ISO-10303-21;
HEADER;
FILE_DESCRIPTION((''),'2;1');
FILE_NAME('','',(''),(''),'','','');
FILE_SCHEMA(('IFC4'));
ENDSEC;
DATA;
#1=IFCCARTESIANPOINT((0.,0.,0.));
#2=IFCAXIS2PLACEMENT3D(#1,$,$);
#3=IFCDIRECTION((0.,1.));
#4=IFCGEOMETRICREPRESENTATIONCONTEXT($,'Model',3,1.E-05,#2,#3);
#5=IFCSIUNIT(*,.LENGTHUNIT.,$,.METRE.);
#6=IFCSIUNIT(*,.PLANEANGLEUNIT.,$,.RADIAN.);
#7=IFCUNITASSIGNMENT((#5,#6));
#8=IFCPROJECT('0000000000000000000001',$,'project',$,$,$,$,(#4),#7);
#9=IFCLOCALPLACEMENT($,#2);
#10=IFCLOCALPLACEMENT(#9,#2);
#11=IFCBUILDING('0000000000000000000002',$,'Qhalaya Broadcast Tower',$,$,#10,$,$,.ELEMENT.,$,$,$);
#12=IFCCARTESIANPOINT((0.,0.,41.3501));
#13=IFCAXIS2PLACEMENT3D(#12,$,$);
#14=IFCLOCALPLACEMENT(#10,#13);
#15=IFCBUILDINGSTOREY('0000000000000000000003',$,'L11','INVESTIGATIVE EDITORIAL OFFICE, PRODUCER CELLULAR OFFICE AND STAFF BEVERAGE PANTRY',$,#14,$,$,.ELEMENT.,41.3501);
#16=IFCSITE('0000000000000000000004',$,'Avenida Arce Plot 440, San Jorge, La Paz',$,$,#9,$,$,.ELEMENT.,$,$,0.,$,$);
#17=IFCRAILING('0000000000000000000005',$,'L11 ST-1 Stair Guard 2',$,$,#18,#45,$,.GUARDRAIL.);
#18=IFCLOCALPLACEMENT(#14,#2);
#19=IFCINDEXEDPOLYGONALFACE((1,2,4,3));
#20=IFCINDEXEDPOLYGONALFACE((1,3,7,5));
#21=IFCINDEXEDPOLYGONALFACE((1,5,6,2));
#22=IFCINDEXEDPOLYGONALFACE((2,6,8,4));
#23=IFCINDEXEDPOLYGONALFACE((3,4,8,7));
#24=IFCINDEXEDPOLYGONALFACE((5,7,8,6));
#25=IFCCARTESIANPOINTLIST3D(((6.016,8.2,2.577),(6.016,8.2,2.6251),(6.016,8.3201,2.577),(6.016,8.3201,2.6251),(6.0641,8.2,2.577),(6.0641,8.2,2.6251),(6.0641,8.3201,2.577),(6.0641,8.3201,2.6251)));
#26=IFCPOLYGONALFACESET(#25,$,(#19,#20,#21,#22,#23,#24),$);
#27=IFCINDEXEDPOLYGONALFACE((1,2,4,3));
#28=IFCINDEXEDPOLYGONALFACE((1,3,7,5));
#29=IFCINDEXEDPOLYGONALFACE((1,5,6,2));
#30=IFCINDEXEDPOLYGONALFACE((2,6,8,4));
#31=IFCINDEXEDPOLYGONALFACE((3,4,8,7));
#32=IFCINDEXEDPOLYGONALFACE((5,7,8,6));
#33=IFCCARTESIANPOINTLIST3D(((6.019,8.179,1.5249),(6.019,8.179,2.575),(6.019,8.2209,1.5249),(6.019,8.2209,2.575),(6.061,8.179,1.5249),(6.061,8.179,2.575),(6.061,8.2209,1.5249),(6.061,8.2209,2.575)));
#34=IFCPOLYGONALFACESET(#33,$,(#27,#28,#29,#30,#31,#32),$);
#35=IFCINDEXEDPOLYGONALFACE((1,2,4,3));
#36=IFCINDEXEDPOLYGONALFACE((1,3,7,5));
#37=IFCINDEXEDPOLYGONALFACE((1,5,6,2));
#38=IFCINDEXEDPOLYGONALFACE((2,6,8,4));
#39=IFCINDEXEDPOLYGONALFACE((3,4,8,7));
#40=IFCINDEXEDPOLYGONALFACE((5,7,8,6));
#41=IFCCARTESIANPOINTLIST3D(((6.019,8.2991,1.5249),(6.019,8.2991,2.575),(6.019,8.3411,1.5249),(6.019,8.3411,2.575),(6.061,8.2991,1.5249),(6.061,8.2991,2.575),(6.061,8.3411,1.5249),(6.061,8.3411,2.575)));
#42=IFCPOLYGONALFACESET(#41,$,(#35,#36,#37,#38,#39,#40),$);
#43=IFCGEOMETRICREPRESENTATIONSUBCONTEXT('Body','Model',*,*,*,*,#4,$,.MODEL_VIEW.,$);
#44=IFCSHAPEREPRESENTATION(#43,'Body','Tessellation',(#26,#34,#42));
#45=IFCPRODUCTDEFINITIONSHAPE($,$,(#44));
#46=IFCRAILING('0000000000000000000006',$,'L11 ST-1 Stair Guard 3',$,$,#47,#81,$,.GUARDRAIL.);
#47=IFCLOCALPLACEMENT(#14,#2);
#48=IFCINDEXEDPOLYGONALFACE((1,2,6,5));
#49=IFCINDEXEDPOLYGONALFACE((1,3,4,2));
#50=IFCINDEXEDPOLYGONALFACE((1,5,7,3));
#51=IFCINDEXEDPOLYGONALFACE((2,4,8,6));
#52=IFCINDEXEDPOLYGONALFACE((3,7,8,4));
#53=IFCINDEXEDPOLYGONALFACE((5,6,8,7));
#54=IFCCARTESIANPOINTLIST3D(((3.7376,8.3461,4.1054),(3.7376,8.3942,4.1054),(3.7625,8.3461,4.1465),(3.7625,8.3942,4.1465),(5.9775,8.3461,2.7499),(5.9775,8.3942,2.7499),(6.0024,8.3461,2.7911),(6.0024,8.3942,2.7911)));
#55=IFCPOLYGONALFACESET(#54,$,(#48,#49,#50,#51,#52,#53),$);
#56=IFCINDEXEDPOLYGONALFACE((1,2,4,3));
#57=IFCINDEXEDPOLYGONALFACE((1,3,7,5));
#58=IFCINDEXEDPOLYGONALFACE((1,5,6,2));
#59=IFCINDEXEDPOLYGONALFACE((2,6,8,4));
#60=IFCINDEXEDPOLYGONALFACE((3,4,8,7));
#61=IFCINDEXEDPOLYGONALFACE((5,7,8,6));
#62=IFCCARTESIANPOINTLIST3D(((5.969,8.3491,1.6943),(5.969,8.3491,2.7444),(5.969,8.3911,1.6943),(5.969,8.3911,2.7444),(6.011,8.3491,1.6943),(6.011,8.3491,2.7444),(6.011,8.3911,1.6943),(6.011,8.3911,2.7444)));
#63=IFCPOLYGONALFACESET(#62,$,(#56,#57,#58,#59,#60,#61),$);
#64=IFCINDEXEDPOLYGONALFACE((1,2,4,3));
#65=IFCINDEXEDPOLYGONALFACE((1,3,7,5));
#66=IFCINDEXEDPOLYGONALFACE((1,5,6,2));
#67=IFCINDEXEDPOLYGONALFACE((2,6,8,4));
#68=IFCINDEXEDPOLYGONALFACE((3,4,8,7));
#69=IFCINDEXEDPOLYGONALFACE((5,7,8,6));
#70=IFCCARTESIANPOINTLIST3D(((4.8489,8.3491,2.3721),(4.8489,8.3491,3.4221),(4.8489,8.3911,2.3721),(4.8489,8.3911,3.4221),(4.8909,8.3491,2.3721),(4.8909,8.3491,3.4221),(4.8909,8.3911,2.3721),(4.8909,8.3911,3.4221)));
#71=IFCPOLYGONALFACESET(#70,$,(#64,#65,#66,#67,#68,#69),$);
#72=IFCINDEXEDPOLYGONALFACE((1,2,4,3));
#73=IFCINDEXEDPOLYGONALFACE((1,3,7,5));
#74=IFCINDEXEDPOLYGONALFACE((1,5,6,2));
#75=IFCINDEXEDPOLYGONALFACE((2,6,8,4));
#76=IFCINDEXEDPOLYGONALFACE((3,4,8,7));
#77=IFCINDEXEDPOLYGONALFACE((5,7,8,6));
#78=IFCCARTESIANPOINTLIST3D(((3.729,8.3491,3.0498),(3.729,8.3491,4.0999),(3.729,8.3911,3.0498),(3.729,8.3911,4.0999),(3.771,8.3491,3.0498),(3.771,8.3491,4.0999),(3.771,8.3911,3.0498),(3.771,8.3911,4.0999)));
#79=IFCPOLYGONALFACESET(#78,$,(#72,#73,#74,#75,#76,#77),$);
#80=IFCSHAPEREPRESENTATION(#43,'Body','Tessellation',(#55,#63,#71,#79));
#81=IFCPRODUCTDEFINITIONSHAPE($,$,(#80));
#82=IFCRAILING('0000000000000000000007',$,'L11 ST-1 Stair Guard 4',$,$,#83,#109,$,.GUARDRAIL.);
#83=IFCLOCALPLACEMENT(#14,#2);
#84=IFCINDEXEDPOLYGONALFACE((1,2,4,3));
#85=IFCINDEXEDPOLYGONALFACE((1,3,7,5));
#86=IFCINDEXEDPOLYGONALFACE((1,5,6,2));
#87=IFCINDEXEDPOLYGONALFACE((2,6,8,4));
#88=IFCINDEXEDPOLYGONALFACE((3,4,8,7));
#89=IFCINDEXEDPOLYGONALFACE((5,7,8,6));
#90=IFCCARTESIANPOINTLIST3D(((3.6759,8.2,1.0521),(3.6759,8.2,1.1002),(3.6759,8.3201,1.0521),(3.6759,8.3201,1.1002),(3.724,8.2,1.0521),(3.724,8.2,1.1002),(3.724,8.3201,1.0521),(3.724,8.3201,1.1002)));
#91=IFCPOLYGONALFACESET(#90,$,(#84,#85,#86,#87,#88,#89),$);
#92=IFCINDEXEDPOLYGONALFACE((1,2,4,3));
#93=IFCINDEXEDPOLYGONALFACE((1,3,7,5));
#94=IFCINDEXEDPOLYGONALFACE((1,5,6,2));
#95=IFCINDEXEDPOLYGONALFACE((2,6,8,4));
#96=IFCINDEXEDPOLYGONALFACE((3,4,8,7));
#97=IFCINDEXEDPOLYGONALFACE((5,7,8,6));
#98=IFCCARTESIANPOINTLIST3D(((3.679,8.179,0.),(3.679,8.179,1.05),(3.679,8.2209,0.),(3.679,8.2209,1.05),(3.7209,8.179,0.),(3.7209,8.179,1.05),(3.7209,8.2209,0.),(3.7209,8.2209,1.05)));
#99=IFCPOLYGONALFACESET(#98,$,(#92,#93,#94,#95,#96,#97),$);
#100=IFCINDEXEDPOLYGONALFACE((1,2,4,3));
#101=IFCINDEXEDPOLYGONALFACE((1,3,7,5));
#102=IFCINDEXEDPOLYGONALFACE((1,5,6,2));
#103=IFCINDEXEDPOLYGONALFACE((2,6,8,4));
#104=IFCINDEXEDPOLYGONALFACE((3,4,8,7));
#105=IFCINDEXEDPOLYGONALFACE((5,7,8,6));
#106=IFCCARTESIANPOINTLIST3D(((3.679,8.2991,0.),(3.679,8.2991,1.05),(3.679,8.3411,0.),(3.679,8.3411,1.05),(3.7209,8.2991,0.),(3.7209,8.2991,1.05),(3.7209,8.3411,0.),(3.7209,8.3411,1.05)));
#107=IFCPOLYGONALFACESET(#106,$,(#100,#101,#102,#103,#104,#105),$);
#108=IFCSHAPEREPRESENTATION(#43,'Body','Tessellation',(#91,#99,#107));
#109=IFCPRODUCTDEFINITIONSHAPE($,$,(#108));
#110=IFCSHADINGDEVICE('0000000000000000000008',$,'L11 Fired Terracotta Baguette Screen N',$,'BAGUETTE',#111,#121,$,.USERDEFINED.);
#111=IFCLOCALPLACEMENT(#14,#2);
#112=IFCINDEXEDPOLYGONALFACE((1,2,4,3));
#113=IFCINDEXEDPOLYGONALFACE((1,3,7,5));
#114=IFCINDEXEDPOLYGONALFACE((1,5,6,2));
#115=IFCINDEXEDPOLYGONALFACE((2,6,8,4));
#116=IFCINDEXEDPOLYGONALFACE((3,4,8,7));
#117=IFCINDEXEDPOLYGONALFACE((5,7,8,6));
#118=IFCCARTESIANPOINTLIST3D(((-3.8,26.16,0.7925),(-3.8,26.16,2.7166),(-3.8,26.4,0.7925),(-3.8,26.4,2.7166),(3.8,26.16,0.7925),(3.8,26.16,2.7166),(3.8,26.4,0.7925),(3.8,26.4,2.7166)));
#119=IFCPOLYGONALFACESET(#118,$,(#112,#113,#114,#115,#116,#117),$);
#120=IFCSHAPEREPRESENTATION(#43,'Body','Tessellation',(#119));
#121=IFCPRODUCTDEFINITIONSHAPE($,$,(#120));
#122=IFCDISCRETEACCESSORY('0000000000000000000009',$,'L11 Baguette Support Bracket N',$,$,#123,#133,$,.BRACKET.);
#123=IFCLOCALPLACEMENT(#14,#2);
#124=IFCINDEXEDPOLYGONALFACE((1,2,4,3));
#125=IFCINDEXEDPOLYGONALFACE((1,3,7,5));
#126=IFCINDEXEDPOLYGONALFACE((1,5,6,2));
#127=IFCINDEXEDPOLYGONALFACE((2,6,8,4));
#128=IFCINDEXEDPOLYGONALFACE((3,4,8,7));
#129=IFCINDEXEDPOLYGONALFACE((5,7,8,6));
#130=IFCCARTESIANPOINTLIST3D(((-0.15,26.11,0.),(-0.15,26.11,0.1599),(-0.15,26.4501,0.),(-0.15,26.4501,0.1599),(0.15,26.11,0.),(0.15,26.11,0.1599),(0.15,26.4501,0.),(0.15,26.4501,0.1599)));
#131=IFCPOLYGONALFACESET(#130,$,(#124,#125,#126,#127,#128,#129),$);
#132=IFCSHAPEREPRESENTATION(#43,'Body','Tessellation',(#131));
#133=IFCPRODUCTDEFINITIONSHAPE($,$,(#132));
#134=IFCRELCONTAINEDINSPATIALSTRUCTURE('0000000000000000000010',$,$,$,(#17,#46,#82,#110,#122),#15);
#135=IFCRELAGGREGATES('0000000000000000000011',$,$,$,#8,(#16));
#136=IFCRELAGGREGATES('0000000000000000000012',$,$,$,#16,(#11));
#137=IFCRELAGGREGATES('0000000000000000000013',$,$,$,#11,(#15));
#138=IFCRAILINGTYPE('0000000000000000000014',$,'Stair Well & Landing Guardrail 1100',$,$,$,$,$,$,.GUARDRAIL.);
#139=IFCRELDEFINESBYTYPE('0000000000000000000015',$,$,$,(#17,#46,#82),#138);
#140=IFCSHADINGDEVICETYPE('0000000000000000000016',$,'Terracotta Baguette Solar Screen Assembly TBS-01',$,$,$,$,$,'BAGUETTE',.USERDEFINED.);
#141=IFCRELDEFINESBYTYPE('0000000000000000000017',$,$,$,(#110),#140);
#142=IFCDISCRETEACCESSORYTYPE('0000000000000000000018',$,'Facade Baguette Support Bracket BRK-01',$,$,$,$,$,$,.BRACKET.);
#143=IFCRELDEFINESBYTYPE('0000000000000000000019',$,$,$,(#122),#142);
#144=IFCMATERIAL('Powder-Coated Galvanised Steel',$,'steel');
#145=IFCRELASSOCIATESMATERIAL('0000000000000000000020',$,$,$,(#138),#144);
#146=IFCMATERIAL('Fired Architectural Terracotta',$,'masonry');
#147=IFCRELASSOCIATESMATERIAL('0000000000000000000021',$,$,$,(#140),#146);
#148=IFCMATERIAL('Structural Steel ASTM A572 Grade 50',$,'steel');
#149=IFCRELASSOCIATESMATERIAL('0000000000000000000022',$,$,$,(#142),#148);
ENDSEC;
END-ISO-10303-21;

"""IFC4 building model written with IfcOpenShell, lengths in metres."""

from ifc_helpers import new_model, si_unit, direction, frame, origin, origin_2d, place, context, subcontext, project, spatial, rectangle, extrude, material, type_object, element, save


model = new_model("IFC4")

# Units and contexts
model_context = context("Model", 3, precision=1e-05, world=origin(), true_north=direction((0.0, 1.0)))
body_context = subcontext(model_context, "Body", "Model", "MODEL_VIEW")
ifc_project = project(units=[si_unit("LENGTHUNIT", "METRE"), si_unit("PLANEANGLEUNIT", "RADIAN")], contexts=[model_context])

# Site, building, storey
site_placement = place(None, origin())
site = spatial("IfcSite", under=ifc_project, at=site_placement, Name="Avenida Arce Plot 440, San Jorge, La Paz", CompositionType="ELEMENT", RefElevation=0.0)
building_placement = place(site_placement, origin())
building = spatial("IfcBuilding", under=site, at=building_placement, Name="Qhalaya Broadcast Tower", CompositionType="ELEMENT")
storey_placement = place(building_placement, frame((0.0, 0.0, 41.3501)))
storey = spatial("IfcBuildingStorey", under=building, at=storey_placement, Name="L11", Description="INVESTIGATIVE EDITORIAL OFFICE, PRODUCER CELLULAR OFFICE AND STAFF BEVERAGE PANTRY", CompositionType="ELEMENT", Elevation=41.3501)

# Shared definitions
ifc_material_1 = material(Name="Structural Steel ASTM A572 Grade 50", Category="steel")

# Railings
ifc_material_2 = material(Name="Powder-Coated Galvanised Steel", Category="steel")
railing_type_1 = type_object("IfcRailingType", Name="Stair Well & Landing Guardrail 1100", PredefinedType="GUARDRAIL", material=ifc_material_2)
railing_1_placement = place(storey_placement, frame((6.04, 8.2, 1.5249)))
element("IfcRailing", 1, at=railing_1_placement, inside=storey, type_object=railing_type_1, Name="L11 ST-1 Stair Guard 2", PredefinedType="GUARDRAIL", context=body_context, shape_type="SweptSolid", body=[
    extrude(rectangle(XDim=0.0481, YDim=0.0481, at=origin_2d()), frame((0.0, 0.0, 1.0762), z_axis=(0.0, 1.0, 0.0), x_axis=(-1.0, 0.0, 0.0)), (0.0, 0.0, 1.0), 0.1201),
    extrude(rectangle(XDim=0.042, YDim=0.042, at=origin_2d()), origin(), (0.0, 0.0, 1.0), 1.05),
    extrude(rectangle(XDim=0.042, YDim=0.042, at=origin_2d()), frame((0.0, 0.1201, 0.0)), (0.0, 0.0, 1.0), 1.05),
])
railing_2_placement = place(storey_placement, frame((5.99, 8.3701, 1.6943)))
element("IfcRailing", 2, at=railing_2_placement, inside=storey, type_object=railing_type_1, Name="L11 ST-1 Stair Guard 3", PredefinedType="GUARDRAIL", context=body_context, shape_type="SweptSolid", body=[
    extrude(rectangle(XDim=0.0481, YDim=0.0481, at=origin_2d()), frame((0.0, 0.0, 1.0762), z_axis=(-0.855553, 0.0, 0.517715), x_axis=(0.0, -1.0, 0.0)), (0.0, 0.0, 1.0), 2.6182),
    extrude(rectangle(XDim=0.042, YDim=0.042, at=origin_2d()), origin(), (0.0, 0.0, 1.0), 1.05),
    extrude(rectangle(XDim=0.042, YDim=0.042, at=origin_2d()), frame((-1.1201, 0.0, 0.6777)), (0.0, 0.0, 1.0), 1.05),
    extrude(rectangle(XDim=0.042, YDim=0.042, at=origin_2d()), frame((-2.24, 0.0, 1.3555)), (0.0, 0.0, 1.0), 1.05),
])
railing_3_placement = place(storey_placement, frame((3.7, 8.2, 0.0)))
element("IfcRailing", 3, at=railing_3_placement, inside=storey, type_object=railing_type_1, Name="L11 ST-1 Stair Guard 4", PredefinedType="GUARDRAIL", context=body_context, shape_type="SweptSolid", body=[
    extrude(rectangle(XDim=0.0481, YDim=0.0481, at=origin_2d()), frame((0.0, 0.0, 1.0762), z_axis=(0.0, 1.0, 0.0), x_axis=(-1.0, 0.0, 0.0)), (0.0, 0.0, 1.0), 0.1201),
    extrude(rectangle(XDim=0.042, YDim=0.042, at=origin_2d()), origin(), (0.0, 0.0, 1.0), 1.05),
    extrude(rectangle(XDim=0.042, YDim=0.042, at=origin_2d()), frame((0.0, 0.1201, 0.0)), (0.0, 0.0, 1.0), 1.05),
])

# Shading device
ifc_material_3 = material(Name="Fired Architectural Terracotta", Category="masonry")
shading_device_type = type_object("IfcShadingDeviceType", Name="Terracotta Baguette Solar Screen Assembly TBS-01", ElementType="BAGUETTE", PredefinedType="USERDEFINED", material=ifc_material_3)
shading_device_placement = place(storey_placement, frame((0.0, 26.28, 0.7925), z_axis=(0.0, 0.0, 1.0), x_axis=(-1.0, 0.0, 0.0)))
element("IfcShadingDevice", 4, at=shading_device_placement, inside=storey, type_object=shading_device_type, Name="L11 Fired Terracotta Baguette Screen N", ObjectType="BAGUETTE", PredefinedType="USERDEFINED", context=body_context, shape_type="SweptSolid", body=[
    extrude(rectangle(XDim=7.6001, YDim=0.24, at=origin_2d()), origin(), (0.0, 0.0, 1.0), 1.9241),
])

# Discrete accessory
discrete_accessory_type = type_object("IfcDiscreteAccessoryType", Name="Facade Baguette Support Bracket BRK-01", PredefinedType="BRACKET", material=ifc_material_1)
discrete_accessory_placement = place(storey_placement, frame((0.0, 26.28, 0.0), z_axis=(0.0, 0.0, 1.0), x_axis=(-1.0, 0.0, 0.0)))
element("IfcDiscreteAccessory", 5, at=discrete_accessory_placement, inside=storey, type_object=discrete_accessory_type, Name="L11 Baguette Support Bracket N", PredefinedType="BRACKET", context=body_context, shape_type="SweptSolid", body=[
    extrude(rectangle(XDim=0.3, YDim=0.3401, at=origin_2d()), origin(), (0.0, 0.0, 1.0), 0.1599),
])

save(model, "model.ifc")
